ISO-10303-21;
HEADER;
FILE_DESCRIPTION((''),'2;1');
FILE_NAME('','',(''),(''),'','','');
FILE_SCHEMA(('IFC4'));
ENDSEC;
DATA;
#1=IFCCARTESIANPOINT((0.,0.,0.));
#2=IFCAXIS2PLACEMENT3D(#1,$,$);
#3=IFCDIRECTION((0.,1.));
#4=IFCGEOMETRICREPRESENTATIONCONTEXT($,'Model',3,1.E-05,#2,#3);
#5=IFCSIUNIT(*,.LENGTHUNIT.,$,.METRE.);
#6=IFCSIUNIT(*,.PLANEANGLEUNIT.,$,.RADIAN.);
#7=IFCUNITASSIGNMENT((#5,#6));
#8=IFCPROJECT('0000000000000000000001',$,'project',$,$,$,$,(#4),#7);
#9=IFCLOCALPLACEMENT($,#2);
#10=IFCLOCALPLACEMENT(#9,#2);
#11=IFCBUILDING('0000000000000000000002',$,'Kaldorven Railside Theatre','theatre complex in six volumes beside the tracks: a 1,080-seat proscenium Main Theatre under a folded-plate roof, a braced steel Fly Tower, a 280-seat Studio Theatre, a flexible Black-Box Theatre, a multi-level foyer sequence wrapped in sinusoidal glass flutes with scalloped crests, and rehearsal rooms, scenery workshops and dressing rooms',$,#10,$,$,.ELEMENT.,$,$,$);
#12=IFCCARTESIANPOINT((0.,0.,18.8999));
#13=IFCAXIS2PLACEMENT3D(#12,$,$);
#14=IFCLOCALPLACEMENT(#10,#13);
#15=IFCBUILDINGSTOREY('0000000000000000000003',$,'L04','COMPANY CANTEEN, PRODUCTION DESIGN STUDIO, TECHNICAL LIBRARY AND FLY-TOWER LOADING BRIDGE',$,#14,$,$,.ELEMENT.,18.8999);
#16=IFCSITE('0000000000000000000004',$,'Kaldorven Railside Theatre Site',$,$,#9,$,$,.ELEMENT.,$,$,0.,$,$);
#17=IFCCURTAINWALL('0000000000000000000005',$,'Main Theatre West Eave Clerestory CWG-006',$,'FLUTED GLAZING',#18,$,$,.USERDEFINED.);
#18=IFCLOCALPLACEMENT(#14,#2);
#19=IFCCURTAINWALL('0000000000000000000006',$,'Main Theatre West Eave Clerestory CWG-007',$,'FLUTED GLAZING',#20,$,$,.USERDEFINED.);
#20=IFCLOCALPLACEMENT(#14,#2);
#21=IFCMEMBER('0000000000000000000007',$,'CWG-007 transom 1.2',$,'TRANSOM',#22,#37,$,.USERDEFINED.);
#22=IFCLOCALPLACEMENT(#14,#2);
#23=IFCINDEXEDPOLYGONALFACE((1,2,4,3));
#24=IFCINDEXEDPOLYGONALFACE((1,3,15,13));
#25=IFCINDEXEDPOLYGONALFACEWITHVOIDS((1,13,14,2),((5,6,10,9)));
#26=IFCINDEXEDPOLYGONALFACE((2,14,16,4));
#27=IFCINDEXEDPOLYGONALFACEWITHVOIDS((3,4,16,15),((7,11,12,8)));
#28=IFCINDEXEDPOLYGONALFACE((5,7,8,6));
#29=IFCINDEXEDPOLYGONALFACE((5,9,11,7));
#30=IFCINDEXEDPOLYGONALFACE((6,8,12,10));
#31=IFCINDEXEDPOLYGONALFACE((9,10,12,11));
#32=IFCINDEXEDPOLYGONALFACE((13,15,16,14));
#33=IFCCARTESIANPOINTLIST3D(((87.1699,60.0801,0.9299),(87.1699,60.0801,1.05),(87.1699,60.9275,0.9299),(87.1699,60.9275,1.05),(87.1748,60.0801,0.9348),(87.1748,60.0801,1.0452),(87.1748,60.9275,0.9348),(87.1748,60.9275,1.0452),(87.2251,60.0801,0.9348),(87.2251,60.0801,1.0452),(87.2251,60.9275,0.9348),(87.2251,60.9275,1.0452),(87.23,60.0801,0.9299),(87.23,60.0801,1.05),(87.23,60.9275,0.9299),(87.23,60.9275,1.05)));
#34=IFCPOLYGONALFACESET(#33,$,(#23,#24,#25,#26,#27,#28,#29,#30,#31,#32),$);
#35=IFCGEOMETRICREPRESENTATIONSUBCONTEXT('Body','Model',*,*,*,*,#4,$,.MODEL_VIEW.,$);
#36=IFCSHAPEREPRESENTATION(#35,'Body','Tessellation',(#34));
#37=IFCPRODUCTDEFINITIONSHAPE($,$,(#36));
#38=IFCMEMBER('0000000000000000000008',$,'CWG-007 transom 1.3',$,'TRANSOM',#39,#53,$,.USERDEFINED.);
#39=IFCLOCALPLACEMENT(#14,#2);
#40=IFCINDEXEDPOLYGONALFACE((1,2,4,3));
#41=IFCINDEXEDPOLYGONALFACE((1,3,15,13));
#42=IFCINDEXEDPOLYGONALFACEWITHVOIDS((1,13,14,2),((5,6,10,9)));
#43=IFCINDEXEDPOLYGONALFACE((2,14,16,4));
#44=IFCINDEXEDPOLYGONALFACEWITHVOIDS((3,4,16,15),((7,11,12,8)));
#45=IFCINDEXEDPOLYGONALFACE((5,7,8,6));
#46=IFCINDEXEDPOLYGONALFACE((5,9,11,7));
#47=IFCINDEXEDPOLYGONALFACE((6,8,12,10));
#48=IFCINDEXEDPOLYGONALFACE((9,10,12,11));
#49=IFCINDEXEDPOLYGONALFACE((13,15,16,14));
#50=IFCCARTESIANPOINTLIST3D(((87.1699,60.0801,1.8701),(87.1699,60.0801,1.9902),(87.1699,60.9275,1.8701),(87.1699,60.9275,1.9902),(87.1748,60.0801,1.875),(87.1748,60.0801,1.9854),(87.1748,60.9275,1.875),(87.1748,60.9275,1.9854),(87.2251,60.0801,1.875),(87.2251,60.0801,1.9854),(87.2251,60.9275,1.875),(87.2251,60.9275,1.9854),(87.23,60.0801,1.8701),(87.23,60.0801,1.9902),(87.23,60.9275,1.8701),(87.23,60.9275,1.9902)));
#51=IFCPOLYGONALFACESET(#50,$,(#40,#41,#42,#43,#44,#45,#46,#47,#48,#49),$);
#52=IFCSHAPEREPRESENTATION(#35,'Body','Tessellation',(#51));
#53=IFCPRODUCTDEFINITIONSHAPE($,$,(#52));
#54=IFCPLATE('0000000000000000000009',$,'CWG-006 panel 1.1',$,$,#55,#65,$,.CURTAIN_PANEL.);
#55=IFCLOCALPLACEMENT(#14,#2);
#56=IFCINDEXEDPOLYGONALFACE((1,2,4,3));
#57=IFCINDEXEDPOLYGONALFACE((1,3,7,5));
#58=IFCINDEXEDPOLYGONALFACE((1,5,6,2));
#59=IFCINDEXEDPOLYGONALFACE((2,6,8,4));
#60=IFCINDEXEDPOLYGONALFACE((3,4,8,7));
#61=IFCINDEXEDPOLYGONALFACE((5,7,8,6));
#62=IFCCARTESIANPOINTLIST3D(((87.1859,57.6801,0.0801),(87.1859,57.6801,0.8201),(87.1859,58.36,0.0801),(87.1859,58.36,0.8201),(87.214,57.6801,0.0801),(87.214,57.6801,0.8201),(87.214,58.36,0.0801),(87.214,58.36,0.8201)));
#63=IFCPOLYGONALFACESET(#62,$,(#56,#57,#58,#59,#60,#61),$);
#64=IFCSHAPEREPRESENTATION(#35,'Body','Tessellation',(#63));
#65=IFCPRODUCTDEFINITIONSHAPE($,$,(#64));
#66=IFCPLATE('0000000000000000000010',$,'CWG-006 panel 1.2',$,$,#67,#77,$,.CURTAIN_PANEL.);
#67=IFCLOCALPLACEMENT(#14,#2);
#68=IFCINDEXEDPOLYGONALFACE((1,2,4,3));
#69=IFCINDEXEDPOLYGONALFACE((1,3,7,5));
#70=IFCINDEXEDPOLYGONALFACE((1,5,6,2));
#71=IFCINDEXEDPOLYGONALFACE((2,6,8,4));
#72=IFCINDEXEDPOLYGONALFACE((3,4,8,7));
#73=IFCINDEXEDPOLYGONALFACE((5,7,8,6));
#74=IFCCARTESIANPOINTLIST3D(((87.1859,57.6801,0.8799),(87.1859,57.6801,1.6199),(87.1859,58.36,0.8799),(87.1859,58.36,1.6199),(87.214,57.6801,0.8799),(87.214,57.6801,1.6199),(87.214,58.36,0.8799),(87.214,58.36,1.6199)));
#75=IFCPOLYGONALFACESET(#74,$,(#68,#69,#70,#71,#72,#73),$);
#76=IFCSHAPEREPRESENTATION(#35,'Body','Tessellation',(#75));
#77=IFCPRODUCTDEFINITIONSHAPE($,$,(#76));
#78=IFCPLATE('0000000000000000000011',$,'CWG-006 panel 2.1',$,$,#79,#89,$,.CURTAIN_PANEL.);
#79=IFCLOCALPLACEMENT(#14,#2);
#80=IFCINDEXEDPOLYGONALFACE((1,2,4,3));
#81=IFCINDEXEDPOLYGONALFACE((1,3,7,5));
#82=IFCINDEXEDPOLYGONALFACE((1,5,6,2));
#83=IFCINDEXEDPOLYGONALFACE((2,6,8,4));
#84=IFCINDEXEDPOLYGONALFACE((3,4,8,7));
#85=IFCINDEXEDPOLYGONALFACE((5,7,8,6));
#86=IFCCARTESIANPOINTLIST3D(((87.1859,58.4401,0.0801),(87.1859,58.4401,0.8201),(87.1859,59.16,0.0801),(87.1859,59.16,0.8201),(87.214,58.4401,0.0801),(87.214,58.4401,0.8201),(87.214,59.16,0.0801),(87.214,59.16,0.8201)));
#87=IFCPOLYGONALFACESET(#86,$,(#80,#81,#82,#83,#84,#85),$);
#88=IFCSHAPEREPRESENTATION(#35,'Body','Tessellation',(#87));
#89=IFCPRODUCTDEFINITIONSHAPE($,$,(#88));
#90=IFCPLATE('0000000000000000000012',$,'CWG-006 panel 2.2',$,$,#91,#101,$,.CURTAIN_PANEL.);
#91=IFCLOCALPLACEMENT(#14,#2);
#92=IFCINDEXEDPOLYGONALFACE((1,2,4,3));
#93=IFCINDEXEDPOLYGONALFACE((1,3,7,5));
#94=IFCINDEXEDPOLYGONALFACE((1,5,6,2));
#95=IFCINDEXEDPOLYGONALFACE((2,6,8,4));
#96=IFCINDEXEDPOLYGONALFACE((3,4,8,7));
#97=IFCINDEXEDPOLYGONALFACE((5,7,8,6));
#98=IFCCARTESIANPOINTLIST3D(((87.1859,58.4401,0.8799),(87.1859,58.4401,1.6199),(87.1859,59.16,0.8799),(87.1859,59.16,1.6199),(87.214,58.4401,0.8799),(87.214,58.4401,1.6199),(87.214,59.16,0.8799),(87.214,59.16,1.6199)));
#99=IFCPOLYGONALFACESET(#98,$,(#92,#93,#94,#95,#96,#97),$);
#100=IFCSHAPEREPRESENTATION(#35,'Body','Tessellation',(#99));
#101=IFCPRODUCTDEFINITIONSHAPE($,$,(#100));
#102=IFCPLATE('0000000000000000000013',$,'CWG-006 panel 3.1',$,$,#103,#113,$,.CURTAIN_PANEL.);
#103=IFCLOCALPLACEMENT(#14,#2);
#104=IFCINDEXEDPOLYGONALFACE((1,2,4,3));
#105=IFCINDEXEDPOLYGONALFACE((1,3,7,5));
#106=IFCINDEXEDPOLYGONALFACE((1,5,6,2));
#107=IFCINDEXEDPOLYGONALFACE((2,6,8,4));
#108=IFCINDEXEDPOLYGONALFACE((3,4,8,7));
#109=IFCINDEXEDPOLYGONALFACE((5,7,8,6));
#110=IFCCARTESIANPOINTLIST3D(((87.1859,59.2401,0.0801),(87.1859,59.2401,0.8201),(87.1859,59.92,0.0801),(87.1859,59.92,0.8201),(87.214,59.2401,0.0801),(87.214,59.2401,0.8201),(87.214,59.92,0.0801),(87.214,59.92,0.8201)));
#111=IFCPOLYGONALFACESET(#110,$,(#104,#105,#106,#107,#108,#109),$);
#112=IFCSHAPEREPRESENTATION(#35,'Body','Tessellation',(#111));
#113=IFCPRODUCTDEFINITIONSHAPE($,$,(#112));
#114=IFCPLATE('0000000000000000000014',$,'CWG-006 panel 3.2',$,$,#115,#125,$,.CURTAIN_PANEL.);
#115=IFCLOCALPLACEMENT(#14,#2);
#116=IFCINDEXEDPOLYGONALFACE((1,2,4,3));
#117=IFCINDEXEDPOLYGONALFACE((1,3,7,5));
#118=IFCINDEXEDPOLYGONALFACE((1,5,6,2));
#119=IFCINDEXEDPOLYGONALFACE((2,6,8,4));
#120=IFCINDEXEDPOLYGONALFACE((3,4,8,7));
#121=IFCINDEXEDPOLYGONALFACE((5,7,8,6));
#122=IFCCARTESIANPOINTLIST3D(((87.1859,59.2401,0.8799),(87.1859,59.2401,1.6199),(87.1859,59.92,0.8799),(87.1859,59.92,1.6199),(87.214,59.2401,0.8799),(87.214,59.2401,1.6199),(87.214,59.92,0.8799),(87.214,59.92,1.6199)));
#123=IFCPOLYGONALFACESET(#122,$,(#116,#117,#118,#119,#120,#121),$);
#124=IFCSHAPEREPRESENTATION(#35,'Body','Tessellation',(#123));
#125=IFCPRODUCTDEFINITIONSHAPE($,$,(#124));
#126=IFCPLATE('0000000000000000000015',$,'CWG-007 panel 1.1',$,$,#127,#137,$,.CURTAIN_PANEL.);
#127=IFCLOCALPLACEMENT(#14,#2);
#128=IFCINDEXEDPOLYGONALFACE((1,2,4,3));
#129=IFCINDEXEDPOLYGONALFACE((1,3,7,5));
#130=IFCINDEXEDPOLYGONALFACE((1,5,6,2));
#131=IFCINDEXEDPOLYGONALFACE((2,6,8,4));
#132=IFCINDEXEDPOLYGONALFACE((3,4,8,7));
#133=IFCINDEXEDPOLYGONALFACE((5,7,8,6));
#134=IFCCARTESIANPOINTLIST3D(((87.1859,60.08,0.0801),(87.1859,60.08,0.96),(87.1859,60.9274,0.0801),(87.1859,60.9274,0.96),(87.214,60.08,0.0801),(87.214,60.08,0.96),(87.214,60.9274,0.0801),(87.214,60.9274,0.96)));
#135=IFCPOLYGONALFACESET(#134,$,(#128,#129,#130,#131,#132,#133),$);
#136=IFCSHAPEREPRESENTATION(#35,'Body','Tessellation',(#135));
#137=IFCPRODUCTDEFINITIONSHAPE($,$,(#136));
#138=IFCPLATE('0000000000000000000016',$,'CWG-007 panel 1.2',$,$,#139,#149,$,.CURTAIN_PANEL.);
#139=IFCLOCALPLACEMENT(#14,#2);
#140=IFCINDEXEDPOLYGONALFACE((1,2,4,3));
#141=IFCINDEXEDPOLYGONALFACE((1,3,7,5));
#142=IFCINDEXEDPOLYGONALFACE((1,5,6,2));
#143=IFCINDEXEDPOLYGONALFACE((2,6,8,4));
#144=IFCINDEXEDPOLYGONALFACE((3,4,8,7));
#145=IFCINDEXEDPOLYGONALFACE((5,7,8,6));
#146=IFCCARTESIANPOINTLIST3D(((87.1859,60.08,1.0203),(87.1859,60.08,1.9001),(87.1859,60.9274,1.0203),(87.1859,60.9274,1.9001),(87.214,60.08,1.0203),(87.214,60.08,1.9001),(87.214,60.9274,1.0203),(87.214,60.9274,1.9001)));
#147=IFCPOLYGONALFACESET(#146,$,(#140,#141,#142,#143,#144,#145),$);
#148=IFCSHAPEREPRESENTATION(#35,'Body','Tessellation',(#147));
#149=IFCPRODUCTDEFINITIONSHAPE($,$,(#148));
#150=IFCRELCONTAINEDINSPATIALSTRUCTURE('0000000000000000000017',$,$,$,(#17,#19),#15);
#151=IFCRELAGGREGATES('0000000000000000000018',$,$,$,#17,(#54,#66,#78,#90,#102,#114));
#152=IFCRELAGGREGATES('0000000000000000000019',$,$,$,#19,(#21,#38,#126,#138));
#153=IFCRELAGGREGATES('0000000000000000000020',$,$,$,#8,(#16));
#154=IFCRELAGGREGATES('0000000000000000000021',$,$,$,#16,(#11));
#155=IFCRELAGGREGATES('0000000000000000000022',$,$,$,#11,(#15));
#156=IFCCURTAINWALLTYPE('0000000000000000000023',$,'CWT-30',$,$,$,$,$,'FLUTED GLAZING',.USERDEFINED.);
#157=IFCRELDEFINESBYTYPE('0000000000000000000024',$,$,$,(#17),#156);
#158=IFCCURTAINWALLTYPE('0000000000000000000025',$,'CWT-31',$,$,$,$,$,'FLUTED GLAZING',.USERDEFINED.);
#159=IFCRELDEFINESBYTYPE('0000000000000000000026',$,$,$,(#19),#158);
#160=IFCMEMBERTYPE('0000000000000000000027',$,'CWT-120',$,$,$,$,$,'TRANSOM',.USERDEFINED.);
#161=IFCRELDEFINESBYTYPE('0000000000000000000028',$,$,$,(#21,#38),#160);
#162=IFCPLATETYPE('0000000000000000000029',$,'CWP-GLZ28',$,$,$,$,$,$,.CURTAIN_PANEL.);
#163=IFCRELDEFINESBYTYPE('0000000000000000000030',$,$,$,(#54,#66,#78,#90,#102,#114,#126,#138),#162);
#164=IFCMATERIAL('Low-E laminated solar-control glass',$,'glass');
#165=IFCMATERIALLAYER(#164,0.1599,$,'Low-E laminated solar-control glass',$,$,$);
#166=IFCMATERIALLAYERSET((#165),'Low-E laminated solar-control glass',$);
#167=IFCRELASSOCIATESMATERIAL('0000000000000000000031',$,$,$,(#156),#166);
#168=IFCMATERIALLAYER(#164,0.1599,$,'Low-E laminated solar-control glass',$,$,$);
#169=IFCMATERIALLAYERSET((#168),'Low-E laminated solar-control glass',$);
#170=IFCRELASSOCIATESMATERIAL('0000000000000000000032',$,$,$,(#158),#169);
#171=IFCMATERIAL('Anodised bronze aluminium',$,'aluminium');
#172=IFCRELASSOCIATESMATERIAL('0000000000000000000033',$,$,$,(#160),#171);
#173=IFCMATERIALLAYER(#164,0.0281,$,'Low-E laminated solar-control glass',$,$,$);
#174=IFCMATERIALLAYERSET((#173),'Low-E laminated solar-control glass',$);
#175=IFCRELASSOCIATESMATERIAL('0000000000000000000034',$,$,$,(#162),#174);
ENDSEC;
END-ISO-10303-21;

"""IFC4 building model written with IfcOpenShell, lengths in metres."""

from ifc_helpers import new_model, si_unit, direction, frame, origin, origin_2d, place, context, subcontext, project, spatial, rectangle, hollow_rectangle, extrude, material, layer, layer_set, material_profile, profile_set, type_object, element, aggregate, save


model = new_model("IFC4")

# Units and contexts
model_context = context("Model", 3, precision=1e-05, world=origin(), true_north=direction((0.0, 1.0)))
body_context = subcontext(model_context, "Body", "Model", "MODEL_VIEW")
ifc_project = project(units=[si_unit("LENGTHUNIT", "METRE"), si_unit("PLANEANGLEUNIT", "RADIAN")], contexts=[model_context])

# Site, building, storey
site_placement = place(None, origin())
site = spatial("IfcSite", under=ifc_project, at=site_placement, Name="Kaldorven Railside Theatre Site", CompositionType="ELEMENT", RefElevation=0.0)
building_placement = place(site_placement, origin())
building = spatial("IfcBuilding", under=site, at=building_placement, Name="Kaldorven Railside Theatre", Description="theatre complex in six volumes beside the tracks: a 1,080-seat proscenium Main Theatre under a folded-plate roof, a braced steel Fly Tower, a 280-seat Studio Theatre, a flexible Black-Box Theatre, a multi-level foyer sequence wrapped in sinusoidal glass flutes with scalloped crests, and rehearsal rooms, scenery workshops and dressing rooms", CompositionType="ELEMENT")
storey_placement = place(building_placement, frame((0.0, 0.0, 18.8999)))
storey = spatial("IfcBuildingStorey", under=building, at=storey_placement, Name="L04", Description="COMPANY CANTEEN, PRODUCTION DESIGN STUDIO, TECHNICAL LIBRARY AND FLY-TOWER LOADING BRIDGE", CompositionType="ELEMENT", Elevation=18.8999)

# Curtain wall
ifc_material_1 = material(Name="Low-E laminated solar-control glass", Category="glass")
ifc_layer_1 = layer(ifc_material_1, 0.1599, Name="Low-E laminated solar-control glass")
ifc_layer_set_1 = layer_set([ifc_layer_1], Name="Low-E laminated solar-control glass")
curtain_wall_type_1 = type_object("IfcCurtainWallType", Name="CWT-30", ElementType="FLUTED GLAZING", PredefinedType="USERDEFINED", material=ifc_layer_set_1)
curtain_wall_1_placement = place(storey_placement, origin())
curtain_wall_1 = element("IfcCurtainWall", 1, at=curtain_wall_1_placement, inside=storey, type_object=curtain_wall_type_1, Name="Main Theatre West Eave Clerestory CWG-006", ObjectType="FLUTED GLAZING", PredefinedType="USERDEFINED")
ifc_material_2 = material(Name="Anodised bronze aluminium", Category="aluminium")

# Curtain wall
ifc_layer_2 = layer(ifc_material_1, 0.1599, Name="Low-E laminated solar-control glass")
ifc_layer_set_2 = layer_set([ifc_layer_2], Name="Low-E laminated solar-control glass")
curtain_wall_type_2 = type_object("IfcCurtainWallType", Name="CWT-31", ElementType="FLUTED GLAZING", PredefinedType="USERDEFINED", material=ifc_layer_set_2)
curtain_wall_2_placement = place(storey_placement, origin())
curtain_wall_2 = element("IfcCurtainWall", 2, at=curtain_wall_2_placement, inside=storey, type_object=curtain_wall_type_2, Name="Main Theatre West Eave Clerestory CWG-007", ObjectType="FLUTED GLAZING", PredefinedType="USERDEFINED")

# Members
ifc_material_profile_1 = material_profile(ifc_material_2, hollow_rectangle(XDim=0.0601, YDim=0.1201, WallThickness=0.0049, at=origin_2d()), Name="RHS 120x60x5")
ifc_profile_set_1 = profile_set([ifc_material_profile_1], Name="Anodised bronze aluminium")
member_type_1 = type_object("IfcMemberType", Name="CWT-120", ElementType="TRANSOM", PredefinedType="USERDEFINED", material=ifc_profile_set_1)
member_1_placement = place(storey_placement, frame((87.2, 60.0801, 0.99), z_axis=(0.0, 1.0, 0.0), x_axis=(-1.0, 0.0, 0.0)))
member_1 = element("IfcMember", 3, at=member_1_placement, type_object=member_type_1, Name="CWG-007 transom 1.2", ObjectType="TRANSOM", PredefinedType="USERDEFINED", context=body_context, shape_type="SweptSolid", body=[
    extrude(hollow_rectangle(XDim=0.0601, YDim=0.1201, WallThickness=0.0049, at=origin_2d()), origin(), (0.0, 0.0, 1.0), 0.8474),
])
member_2_placement = place(storey_placement, frame((87.2, 60.0801, 1.9302), z_axis=(0.0, 1.0, 0.0), x_axis=(-1.0, 0.0, 0.0)))
member_2 = element("IfcMember", 4, at=member_2_placement, type_object=member_type_1, Name="CWG-007 transom 1.3", ObjectType="TRANSOM", PredefinedType="USERDEFINED", context=body_context, shape_type="SweptSolid", body=[
    extrude(hollow_rectangle(XDim=0.0601, YDim=0.1201, WallThickness=0.0049, at=origin_2d()), origin(), (0.0, 0.0, 1.0), 0.8474),
])

# Plates
ifc_layer_3 = layer(ifc_material_1, 0.0281, Name="Low-E laminated solar-control glass")
ifc_layer_set_3 = layer_set([ifc_layer_3], Name="Low-E laminated solar-control glass")
plate_type = type_object("IfcPlateType", Name="CWP-GLZ28", PredefinedType="CURTAIN_PANEL", material=ifc_layer_set_3)
plate_1_placement = place(storey_placement, frame((87.2, 58.02, 0.0801), z_axis=(0.0, 0.0, 1.0), x_axis=(0.0, 1.0, 0.0)))
plate_1 = element("IfcPlate", 5, at=plate_1_placement, type_object=plate_type, Name="CWG-006 panel 1.1", PredefinedType="CURTAIN_PANEL", context=body_context, shape_type="SweptSolid", body=[
    extrude(rectangle(XDim=0.6799, YDim=0.0281, at=origin_2d()), origin(), (0.0, 0.0, 1.0), 0.74),
])
plate_2_placement = place(storey_placement, frame((87.2, 58.02, 0.8799), z_axis=(0.0, 0.0, 1.0), x_axis=(0.0, 1.0, 0.0)))
plate_2 = element("IfcPlate", 6, at=plate_2_placement, type_object=plate_type, Name="CWG-006 panel 1.2", PredefinedType="CURTAIN_PANEL", context=body_context, shape_type="SweptSolid", body=[
    extrude(rectangle(XDim=0.6799, YDim=0.0281, at=origin_2d()), origin(), (0.0, 0.0, 1.0), 0.74),
])
plate_3_placement = place(storey_placement, frame((87.2, 58.8, 0.0801), z_axis=(0.0, 0.0, 1.0), x_axis=(0.0, 1.0, 0.0)))
plate_3 = element("IfcPlate", 7, at=plate_3_placement, type_object=plate_type, Name="CWG-006 panel 2.1", PredefinedType="CURTAIN_PANEL", context=body_context, shape_type="SweptSolid", body=[
    extrude(rectangle(XDim=0.72, YDim=0.0281, at=origin_2d()), origin(), (0.0, 0.0, 1.0), 0.74),
])
plate_4_placement = place(storey_placement, frame((87.2, 58.8, 0.8799), z_axis=(0.0, 0.0, 1.0), x_axis=(0.0, 1.0, 0.0)))
plate_4 = element("IfcPlate", 8, at=plate_4_placement, type_object=plate_type, Name="CWG-006 panel 2.2", PredefinedType="CURTAIN_PANEL", context=body_context, shape_type="SweptSolid", body=[
    extrude(rectangle(XDim=0.72, YDim=0.0281, at=origin_2d()), origin(), (0.0, 0.0, 1.0), 0.74),
])
plate_5_placement = place(storey_placement, frame((87.2, 59.5801, 0.0801), z_axis=(0.0, 0.0, 1.0), x_axis=(0.0, 1.0, 0.0)))
plate_5 = element("IfcPlate", 9, at=plate_5_placement, type_object=plate_type, Name="CWG-006 panel 3.1", PredefinedType="CURTAIN_PANEL", context=body_context, shape_type="SweptSolid", body=[
    extrude(rectangle(XDim=0.6799, YDim=0.0281, at=origin_2d()), origin(), (0.0, 0.0, 1.0), 0.74),
])
plate_6_placement = place(storey_placement, frame((87.2, 59.5801, 0.8799), z_axis=(0.0, 0.0, 1.0), x_axis=(0.0, 1.0, 0.0)))
plate_6 = element("IfcPlate", 10, at=plate_6_placement, type_object=plate_type, Name="CWG-006 panel 3.2", PredefinedType="CURTAIN_PANEL", context=body_context, shape_type="SweptSolid", body=[
    extrude(rectangle(XDim=0.6799, YDim=0.0281, at=origin_2d()), origin(), (0.0, 0.0, 1.0), 0.74),
])
aggregate(curtain_wall_1, [plate_1, plate_2, plate_3, plate_4, plate_5, plate_6])
plate_7_placement = place(storey_placement, frame((87.2, 60.5037, 0.0801), z_axis=(0.0, 0.0, 1.0), x_axis=(0.0, 1.0, 0.0)))
plate_7 = element("IfcPlate", 11, at=plate_7_placement, type_object=plate_type, Name="CWG-007 panel 1.1", PredefinedType="CURTAIN_PANEL", context=body_context, shape_type="SweptSolid", body=[
    extrude(rectangle(XDim=0.8474, YDim=0.0281, at=origin_2d()), origin(), (0.0, 0.0, 1.0), 0.8799),
])
plate_8_placement = place(storey_placement, frame((87.2, 60.5037, 1.0203), z_axis=(0.0, 0.0, 1.0), x_axis=(0.0, 1.0, 0.0)))
plate_8 = element("IfcPlate", 12, at=plate_8_placement, type_object=plate_type, Name="CWG-007 panel 1.2", PredefinedType="CURTAIN_PANEL", context=body_context, shape_type="SweptSolid", body=[
    extrude(rectangle(XDim=0.8474, YDim=0.0281, at=origin_2d()), origin(), (0.0, 0.0, 1.0), 0.8799),
])
aggregate(curtain_wall_2, [member_1, member_2, plate_7, plate_8])

save(model, "model.ifc")
